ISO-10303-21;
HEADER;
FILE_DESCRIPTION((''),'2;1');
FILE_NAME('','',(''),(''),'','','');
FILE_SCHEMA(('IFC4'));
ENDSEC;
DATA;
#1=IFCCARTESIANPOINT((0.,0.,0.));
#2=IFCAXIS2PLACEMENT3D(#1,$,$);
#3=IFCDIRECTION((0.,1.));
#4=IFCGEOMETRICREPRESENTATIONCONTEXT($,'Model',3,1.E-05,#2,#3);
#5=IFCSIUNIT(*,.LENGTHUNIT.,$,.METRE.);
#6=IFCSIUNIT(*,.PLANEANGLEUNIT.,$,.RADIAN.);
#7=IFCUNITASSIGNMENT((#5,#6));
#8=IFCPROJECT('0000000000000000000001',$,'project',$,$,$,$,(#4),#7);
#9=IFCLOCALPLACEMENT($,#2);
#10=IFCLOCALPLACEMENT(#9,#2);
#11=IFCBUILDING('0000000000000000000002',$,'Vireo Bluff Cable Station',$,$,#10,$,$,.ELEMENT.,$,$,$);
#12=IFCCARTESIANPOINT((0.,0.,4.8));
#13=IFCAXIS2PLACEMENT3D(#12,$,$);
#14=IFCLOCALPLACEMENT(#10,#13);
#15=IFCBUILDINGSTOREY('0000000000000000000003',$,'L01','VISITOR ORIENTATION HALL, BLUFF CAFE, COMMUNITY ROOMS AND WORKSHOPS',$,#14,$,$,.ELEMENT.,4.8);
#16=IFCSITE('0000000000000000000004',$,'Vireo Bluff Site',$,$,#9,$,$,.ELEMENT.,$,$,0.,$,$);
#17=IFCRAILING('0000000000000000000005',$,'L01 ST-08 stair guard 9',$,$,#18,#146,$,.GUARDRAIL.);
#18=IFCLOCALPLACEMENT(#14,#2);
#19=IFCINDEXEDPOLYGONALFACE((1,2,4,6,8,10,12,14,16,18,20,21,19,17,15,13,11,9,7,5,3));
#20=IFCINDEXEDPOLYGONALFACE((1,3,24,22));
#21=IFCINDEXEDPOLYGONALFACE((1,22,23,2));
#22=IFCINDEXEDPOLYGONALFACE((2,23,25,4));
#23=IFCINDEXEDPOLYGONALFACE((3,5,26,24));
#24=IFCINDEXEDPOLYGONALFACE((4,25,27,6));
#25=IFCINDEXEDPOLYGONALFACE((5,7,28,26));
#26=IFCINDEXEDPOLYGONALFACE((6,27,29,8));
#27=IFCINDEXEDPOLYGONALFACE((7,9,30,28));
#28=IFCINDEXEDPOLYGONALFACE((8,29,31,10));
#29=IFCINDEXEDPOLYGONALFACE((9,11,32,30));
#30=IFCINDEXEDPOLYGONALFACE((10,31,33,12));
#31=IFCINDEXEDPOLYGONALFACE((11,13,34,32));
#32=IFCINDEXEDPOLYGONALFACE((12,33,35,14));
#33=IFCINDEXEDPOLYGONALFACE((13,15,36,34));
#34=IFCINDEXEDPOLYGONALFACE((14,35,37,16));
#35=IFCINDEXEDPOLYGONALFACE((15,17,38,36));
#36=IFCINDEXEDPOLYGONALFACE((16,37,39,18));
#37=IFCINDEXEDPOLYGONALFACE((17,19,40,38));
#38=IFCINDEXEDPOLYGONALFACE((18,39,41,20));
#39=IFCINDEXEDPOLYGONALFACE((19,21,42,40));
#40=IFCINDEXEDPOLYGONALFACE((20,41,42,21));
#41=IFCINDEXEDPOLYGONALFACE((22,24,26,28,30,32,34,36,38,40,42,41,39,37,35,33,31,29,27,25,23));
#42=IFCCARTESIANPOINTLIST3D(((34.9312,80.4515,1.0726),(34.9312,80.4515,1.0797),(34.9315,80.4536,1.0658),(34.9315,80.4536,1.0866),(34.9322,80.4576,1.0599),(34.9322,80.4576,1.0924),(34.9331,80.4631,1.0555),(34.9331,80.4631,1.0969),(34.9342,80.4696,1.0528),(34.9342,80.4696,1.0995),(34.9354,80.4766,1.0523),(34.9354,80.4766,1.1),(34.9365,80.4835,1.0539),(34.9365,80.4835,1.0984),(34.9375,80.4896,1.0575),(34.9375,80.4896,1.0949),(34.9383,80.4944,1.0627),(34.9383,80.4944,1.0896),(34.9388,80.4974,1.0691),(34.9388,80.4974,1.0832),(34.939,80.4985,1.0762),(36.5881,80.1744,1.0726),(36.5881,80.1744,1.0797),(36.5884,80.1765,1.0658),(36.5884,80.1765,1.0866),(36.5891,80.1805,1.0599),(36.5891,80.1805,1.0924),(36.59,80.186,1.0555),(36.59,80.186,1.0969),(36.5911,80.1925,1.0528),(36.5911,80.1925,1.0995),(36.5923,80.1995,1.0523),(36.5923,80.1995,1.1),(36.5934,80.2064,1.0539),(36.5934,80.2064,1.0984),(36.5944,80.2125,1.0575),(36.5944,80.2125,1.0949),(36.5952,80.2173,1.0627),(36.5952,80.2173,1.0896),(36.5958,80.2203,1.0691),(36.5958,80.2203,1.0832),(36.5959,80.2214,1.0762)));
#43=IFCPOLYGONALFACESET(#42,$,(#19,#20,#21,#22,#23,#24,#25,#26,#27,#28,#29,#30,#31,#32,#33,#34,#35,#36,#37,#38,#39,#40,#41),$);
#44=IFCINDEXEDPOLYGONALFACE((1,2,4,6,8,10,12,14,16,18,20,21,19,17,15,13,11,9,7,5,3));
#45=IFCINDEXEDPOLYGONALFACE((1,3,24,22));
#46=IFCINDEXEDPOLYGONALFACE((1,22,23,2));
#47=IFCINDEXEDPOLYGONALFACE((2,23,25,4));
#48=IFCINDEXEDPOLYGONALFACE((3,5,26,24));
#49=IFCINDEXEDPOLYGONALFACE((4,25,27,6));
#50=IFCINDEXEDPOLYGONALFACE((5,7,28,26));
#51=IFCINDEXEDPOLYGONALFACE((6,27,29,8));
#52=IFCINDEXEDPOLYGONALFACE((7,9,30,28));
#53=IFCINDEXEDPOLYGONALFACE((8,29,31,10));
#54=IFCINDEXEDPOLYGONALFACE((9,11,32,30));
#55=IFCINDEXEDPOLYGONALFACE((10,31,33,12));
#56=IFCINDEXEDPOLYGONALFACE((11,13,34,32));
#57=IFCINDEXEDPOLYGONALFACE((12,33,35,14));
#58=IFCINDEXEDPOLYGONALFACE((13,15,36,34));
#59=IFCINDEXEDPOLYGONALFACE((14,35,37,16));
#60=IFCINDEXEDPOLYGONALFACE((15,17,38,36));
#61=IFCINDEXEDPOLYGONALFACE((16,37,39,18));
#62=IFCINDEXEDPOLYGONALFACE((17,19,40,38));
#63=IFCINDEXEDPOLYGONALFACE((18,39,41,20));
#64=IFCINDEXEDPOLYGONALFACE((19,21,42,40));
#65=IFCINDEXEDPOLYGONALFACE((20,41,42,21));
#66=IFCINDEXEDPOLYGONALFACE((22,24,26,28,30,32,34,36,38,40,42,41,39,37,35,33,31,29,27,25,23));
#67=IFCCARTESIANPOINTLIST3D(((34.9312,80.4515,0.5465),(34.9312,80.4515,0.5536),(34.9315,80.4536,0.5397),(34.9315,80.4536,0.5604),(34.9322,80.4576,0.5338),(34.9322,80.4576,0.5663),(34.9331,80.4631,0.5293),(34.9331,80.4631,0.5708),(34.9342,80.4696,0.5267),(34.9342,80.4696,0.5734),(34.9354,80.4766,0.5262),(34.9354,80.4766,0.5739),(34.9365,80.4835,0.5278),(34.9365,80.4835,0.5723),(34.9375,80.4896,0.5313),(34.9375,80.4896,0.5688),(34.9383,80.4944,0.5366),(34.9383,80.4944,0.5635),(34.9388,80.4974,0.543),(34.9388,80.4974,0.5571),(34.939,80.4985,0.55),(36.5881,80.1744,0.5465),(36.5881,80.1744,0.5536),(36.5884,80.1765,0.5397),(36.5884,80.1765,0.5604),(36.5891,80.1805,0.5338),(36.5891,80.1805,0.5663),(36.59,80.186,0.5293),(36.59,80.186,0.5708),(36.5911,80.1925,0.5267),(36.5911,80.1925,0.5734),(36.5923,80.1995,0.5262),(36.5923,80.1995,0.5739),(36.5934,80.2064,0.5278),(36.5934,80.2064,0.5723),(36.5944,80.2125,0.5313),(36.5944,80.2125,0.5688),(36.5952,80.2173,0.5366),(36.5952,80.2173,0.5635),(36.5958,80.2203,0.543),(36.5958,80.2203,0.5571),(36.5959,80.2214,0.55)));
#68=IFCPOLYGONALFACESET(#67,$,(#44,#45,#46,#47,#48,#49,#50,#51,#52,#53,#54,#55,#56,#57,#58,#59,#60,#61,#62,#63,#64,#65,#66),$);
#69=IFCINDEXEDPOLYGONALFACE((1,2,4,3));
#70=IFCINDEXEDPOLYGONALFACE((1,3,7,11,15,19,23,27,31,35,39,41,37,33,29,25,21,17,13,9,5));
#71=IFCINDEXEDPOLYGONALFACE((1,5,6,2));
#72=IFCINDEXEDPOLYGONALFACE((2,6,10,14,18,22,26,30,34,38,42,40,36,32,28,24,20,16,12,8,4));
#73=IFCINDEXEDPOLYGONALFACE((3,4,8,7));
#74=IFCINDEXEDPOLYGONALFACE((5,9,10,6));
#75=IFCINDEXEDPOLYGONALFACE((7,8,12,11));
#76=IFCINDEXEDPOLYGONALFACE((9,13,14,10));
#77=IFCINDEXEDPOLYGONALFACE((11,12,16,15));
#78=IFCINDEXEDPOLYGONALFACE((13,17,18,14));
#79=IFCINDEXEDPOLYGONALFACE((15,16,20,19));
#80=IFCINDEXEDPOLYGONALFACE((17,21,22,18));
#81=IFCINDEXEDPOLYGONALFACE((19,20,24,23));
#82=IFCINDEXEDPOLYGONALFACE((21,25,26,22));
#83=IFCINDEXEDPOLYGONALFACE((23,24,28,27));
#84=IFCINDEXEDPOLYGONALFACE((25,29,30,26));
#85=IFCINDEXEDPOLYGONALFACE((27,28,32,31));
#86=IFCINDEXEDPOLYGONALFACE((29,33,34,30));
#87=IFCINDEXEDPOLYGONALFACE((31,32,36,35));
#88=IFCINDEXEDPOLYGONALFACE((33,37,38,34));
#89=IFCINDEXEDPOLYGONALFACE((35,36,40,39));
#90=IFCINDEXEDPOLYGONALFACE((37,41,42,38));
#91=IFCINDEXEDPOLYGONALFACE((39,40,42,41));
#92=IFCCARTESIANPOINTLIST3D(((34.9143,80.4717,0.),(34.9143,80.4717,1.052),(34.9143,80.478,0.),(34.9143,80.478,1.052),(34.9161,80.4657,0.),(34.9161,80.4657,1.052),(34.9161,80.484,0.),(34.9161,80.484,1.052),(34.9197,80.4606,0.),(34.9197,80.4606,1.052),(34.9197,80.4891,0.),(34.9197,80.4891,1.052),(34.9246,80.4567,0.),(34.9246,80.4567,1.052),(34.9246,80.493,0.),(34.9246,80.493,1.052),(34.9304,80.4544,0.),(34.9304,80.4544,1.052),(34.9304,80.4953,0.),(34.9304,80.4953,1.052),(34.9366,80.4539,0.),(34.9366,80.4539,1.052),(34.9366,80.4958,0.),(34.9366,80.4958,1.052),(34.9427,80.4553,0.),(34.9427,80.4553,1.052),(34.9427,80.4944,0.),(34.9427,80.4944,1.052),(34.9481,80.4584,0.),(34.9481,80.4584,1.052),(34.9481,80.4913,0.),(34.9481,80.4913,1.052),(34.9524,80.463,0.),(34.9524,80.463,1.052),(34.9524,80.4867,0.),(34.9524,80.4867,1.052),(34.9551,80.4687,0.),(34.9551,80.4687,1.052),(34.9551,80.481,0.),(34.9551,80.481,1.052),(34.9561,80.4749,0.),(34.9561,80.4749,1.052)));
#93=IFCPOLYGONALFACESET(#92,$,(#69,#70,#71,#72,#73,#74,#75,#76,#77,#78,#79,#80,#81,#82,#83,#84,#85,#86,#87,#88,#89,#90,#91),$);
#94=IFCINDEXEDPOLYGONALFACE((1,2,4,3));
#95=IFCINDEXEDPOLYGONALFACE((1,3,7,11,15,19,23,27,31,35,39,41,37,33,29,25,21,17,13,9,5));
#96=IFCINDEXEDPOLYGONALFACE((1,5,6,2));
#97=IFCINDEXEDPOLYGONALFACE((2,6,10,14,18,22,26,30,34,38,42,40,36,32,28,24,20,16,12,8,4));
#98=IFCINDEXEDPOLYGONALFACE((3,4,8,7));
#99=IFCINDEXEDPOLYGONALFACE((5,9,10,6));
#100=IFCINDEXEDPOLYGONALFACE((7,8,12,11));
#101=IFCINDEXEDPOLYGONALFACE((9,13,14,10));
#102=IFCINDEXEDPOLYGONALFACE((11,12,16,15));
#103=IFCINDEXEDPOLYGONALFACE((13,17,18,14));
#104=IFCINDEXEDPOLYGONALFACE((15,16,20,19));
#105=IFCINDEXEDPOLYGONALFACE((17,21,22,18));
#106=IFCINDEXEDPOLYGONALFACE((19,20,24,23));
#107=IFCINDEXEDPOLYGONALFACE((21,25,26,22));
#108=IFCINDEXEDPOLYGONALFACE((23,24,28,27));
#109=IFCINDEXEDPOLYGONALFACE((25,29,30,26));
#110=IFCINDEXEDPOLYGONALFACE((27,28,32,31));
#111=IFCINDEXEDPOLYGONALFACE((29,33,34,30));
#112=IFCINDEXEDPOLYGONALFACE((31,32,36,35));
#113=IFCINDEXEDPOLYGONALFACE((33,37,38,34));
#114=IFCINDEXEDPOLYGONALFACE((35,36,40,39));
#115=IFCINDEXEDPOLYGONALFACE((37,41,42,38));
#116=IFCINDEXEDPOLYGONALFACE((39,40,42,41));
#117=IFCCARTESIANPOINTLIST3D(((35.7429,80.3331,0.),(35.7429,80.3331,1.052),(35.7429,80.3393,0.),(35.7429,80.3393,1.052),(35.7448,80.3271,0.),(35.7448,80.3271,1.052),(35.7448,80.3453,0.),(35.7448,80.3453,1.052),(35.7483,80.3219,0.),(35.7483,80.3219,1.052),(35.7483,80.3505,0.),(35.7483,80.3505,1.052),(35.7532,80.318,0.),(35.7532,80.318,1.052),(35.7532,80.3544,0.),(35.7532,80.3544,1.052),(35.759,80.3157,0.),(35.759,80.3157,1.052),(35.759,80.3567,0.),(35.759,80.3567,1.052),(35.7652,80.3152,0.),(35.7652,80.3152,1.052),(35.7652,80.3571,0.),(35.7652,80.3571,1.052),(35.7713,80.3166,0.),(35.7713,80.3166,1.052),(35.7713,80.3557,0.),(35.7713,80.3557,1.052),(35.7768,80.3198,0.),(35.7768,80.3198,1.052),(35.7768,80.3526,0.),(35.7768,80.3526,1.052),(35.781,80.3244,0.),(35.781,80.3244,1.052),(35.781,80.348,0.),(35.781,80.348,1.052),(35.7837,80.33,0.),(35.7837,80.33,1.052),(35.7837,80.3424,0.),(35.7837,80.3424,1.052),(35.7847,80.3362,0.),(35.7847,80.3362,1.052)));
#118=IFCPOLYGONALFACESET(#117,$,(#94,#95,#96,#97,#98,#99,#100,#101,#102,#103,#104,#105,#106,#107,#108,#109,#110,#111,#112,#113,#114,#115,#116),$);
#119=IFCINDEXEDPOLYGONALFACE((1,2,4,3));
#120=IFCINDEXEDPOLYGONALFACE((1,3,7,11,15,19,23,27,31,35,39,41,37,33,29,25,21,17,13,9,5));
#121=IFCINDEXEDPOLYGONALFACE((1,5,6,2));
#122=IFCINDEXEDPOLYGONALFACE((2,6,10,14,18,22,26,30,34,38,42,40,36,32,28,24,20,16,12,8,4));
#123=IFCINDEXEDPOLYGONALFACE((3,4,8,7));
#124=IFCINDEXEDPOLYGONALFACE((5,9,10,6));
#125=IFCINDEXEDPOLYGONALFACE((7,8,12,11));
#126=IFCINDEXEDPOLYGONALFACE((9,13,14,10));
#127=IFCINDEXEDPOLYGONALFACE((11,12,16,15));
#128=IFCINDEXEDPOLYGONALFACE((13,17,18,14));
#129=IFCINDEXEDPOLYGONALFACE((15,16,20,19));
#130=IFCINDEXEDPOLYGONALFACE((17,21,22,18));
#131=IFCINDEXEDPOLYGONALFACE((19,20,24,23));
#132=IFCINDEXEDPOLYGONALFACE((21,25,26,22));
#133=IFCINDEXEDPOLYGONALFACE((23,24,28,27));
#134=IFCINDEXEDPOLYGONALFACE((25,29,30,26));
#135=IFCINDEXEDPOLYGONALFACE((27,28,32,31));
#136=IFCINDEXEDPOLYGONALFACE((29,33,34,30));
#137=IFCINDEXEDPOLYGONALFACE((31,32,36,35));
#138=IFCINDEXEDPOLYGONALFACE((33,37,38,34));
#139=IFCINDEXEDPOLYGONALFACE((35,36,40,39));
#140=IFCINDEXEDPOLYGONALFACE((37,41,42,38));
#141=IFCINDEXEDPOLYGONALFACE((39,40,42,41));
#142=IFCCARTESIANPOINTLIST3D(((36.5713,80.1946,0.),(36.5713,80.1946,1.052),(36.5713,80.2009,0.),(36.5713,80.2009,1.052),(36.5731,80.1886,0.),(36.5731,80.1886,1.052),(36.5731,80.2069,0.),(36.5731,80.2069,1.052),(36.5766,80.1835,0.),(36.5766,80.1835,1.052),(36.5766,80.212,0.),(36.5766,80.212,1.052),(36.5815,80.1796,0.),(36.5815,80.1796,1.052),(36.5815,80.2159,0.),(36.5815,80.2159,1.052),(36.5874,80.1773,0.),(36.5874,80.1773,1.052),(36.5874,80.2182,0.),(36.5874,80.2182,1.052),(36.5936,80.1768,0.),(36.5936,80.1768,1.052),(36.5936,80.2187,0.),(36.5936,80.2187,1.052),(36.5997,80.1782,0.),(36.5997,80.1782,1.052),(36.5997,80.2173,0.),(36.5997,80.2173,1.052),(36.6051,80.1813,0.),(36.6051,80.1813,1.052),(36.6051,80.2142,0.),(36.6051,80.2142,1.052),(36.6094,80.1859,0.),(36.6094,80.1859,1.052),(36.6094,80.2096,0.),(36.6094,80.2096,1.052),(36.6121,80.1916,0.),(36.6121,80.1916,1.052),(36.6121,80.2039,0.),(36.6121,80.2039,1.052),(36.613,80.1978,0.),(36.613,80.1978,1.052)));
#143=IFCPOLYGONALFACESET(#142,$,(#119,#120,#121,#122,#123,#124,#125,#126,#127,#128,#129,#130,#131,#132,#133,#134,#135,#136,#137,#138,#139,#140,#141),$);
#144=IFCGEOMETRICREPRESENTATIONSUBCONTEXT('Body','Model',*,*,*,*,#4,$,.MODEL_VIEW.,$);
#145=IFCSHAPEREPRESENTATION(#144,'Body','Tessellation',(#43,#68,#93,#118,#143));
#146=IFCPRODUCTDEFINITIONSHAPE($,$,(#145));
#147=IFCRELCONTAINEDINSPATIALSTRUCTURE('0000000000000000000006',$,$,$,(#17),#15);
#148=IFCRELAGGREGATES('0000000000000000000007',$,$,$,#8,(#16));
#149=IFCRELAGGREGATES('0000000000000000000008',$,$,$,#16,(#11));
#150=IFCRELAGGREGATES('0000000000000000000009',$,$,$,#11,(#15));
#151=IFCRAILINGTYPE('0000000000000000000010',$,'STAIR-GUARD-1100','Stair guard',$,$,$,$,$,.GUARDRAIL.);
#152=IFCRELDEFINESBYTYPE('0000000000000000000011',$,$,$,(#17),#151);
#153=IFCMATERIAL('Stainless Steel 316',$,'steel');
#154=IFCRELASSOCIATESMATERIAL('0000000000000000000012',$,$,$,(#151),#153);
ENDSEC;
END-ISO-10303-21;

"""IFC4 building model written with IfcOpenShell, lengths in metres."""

from ifc_helpers import new_model, si_unit, direction, frame, origin, origin_2d, place, context, subcontext, project, spatial, circle, extrude, material, type_object, element, save


model = new_model("IFC4")

# Units and contexts
model_context = context("Model", 3, precision=1e-05, world=origin(), true_north=direction((0.0, 1.0)))
body_context = subcontext(model_context, "Body", "Model", "MODEL_VIEW")
ifc_project = project(units=[si_unit("LENGTHUNIT", "METRE"), si_unit("PLANEANGLEUNIT", "RADIAN")], contexts=[model_context])

# Site, building, storey
site_placement = place(None, origin())
site = spatial("IfcSite", under=ifc_project, at=site_placement, Name="Vireo Bluff Site", CompositionType="ELEMENT", RefElevation=0.0)
building_placement = place(site_placement, origin())
building = spatial("IfcBuilding", under=site, at=building_placement, Name="Vireo Bluff Cable Station", CompositionType="ELEMENT")
storey_placement = place(building_placement, frame((0.0, 0.0, 4.8)))
storey = spatial("IfcBuildingStorey", under=building, at=storey_placement, Name="L01", Description="VISITOR ORIENTATION HALL, BLUFF CAFE, COMMUNITY ROOMS AND WORKSHOPS", CompositionType="ELEMENT", Elevation=4.8)

# Railing
ifc_material_1 = material(Name="Stainless Steel 316", Category="steel")
railing_type = type_object("IfcRailingType", Name="STAIR-GUARD-1100", Description="Stair guard", PredefinedType="GUARDRAIL", material=ifc_material_1)
railing_placement = place(storey_placement, frame((34.9351, 80.4749, 0.0)))
element("IfcRailing", 1, at=railing_placement, inside=storey, type_object=railing_type, Name="L01 ST-08 stair guard 9", PredefinedType="GUARDRAIL", context=body_context, shape_type="SweptSolid", body=[
    extrude(circle(Radius=0.0239, at=origin_2d()), frame((0.0, 0.0, 1.0762), z_axis=(0.986303, -0.164941, 0.0), x_axis=(0.164941, 0.986303, 0.0)), (0.0, 0.0, 1.0), 1.6799),
    extrude(circle(Radius=0.0239, at=origin_2d()), frame((0.0, 0.0, 0.55), z_axis=(0.986303, -0.164941, 0.0), x_axis=(0.164941, 0.986303, 0.0)), (0.0, 0.0, 1.0), 1.6799),
    extrude(circle(Radius=0.021, at=origin_2d()), origin(), (0.0, 0.0, 1.0), 1.052),
    extrude(circle(Radius=0.021, at=origin_2d()), frame((0.8286, -0.1387, 0.0)), (0.0, 0.0, 1.0), 1.052),
    extrude(circle(Radius=0.021, at=origin_2d()), frame((1.657, -0.2771, 0.0)), (0.0, 0.0, 1.0), 1.052),
])

save(model, "model.ifc")
